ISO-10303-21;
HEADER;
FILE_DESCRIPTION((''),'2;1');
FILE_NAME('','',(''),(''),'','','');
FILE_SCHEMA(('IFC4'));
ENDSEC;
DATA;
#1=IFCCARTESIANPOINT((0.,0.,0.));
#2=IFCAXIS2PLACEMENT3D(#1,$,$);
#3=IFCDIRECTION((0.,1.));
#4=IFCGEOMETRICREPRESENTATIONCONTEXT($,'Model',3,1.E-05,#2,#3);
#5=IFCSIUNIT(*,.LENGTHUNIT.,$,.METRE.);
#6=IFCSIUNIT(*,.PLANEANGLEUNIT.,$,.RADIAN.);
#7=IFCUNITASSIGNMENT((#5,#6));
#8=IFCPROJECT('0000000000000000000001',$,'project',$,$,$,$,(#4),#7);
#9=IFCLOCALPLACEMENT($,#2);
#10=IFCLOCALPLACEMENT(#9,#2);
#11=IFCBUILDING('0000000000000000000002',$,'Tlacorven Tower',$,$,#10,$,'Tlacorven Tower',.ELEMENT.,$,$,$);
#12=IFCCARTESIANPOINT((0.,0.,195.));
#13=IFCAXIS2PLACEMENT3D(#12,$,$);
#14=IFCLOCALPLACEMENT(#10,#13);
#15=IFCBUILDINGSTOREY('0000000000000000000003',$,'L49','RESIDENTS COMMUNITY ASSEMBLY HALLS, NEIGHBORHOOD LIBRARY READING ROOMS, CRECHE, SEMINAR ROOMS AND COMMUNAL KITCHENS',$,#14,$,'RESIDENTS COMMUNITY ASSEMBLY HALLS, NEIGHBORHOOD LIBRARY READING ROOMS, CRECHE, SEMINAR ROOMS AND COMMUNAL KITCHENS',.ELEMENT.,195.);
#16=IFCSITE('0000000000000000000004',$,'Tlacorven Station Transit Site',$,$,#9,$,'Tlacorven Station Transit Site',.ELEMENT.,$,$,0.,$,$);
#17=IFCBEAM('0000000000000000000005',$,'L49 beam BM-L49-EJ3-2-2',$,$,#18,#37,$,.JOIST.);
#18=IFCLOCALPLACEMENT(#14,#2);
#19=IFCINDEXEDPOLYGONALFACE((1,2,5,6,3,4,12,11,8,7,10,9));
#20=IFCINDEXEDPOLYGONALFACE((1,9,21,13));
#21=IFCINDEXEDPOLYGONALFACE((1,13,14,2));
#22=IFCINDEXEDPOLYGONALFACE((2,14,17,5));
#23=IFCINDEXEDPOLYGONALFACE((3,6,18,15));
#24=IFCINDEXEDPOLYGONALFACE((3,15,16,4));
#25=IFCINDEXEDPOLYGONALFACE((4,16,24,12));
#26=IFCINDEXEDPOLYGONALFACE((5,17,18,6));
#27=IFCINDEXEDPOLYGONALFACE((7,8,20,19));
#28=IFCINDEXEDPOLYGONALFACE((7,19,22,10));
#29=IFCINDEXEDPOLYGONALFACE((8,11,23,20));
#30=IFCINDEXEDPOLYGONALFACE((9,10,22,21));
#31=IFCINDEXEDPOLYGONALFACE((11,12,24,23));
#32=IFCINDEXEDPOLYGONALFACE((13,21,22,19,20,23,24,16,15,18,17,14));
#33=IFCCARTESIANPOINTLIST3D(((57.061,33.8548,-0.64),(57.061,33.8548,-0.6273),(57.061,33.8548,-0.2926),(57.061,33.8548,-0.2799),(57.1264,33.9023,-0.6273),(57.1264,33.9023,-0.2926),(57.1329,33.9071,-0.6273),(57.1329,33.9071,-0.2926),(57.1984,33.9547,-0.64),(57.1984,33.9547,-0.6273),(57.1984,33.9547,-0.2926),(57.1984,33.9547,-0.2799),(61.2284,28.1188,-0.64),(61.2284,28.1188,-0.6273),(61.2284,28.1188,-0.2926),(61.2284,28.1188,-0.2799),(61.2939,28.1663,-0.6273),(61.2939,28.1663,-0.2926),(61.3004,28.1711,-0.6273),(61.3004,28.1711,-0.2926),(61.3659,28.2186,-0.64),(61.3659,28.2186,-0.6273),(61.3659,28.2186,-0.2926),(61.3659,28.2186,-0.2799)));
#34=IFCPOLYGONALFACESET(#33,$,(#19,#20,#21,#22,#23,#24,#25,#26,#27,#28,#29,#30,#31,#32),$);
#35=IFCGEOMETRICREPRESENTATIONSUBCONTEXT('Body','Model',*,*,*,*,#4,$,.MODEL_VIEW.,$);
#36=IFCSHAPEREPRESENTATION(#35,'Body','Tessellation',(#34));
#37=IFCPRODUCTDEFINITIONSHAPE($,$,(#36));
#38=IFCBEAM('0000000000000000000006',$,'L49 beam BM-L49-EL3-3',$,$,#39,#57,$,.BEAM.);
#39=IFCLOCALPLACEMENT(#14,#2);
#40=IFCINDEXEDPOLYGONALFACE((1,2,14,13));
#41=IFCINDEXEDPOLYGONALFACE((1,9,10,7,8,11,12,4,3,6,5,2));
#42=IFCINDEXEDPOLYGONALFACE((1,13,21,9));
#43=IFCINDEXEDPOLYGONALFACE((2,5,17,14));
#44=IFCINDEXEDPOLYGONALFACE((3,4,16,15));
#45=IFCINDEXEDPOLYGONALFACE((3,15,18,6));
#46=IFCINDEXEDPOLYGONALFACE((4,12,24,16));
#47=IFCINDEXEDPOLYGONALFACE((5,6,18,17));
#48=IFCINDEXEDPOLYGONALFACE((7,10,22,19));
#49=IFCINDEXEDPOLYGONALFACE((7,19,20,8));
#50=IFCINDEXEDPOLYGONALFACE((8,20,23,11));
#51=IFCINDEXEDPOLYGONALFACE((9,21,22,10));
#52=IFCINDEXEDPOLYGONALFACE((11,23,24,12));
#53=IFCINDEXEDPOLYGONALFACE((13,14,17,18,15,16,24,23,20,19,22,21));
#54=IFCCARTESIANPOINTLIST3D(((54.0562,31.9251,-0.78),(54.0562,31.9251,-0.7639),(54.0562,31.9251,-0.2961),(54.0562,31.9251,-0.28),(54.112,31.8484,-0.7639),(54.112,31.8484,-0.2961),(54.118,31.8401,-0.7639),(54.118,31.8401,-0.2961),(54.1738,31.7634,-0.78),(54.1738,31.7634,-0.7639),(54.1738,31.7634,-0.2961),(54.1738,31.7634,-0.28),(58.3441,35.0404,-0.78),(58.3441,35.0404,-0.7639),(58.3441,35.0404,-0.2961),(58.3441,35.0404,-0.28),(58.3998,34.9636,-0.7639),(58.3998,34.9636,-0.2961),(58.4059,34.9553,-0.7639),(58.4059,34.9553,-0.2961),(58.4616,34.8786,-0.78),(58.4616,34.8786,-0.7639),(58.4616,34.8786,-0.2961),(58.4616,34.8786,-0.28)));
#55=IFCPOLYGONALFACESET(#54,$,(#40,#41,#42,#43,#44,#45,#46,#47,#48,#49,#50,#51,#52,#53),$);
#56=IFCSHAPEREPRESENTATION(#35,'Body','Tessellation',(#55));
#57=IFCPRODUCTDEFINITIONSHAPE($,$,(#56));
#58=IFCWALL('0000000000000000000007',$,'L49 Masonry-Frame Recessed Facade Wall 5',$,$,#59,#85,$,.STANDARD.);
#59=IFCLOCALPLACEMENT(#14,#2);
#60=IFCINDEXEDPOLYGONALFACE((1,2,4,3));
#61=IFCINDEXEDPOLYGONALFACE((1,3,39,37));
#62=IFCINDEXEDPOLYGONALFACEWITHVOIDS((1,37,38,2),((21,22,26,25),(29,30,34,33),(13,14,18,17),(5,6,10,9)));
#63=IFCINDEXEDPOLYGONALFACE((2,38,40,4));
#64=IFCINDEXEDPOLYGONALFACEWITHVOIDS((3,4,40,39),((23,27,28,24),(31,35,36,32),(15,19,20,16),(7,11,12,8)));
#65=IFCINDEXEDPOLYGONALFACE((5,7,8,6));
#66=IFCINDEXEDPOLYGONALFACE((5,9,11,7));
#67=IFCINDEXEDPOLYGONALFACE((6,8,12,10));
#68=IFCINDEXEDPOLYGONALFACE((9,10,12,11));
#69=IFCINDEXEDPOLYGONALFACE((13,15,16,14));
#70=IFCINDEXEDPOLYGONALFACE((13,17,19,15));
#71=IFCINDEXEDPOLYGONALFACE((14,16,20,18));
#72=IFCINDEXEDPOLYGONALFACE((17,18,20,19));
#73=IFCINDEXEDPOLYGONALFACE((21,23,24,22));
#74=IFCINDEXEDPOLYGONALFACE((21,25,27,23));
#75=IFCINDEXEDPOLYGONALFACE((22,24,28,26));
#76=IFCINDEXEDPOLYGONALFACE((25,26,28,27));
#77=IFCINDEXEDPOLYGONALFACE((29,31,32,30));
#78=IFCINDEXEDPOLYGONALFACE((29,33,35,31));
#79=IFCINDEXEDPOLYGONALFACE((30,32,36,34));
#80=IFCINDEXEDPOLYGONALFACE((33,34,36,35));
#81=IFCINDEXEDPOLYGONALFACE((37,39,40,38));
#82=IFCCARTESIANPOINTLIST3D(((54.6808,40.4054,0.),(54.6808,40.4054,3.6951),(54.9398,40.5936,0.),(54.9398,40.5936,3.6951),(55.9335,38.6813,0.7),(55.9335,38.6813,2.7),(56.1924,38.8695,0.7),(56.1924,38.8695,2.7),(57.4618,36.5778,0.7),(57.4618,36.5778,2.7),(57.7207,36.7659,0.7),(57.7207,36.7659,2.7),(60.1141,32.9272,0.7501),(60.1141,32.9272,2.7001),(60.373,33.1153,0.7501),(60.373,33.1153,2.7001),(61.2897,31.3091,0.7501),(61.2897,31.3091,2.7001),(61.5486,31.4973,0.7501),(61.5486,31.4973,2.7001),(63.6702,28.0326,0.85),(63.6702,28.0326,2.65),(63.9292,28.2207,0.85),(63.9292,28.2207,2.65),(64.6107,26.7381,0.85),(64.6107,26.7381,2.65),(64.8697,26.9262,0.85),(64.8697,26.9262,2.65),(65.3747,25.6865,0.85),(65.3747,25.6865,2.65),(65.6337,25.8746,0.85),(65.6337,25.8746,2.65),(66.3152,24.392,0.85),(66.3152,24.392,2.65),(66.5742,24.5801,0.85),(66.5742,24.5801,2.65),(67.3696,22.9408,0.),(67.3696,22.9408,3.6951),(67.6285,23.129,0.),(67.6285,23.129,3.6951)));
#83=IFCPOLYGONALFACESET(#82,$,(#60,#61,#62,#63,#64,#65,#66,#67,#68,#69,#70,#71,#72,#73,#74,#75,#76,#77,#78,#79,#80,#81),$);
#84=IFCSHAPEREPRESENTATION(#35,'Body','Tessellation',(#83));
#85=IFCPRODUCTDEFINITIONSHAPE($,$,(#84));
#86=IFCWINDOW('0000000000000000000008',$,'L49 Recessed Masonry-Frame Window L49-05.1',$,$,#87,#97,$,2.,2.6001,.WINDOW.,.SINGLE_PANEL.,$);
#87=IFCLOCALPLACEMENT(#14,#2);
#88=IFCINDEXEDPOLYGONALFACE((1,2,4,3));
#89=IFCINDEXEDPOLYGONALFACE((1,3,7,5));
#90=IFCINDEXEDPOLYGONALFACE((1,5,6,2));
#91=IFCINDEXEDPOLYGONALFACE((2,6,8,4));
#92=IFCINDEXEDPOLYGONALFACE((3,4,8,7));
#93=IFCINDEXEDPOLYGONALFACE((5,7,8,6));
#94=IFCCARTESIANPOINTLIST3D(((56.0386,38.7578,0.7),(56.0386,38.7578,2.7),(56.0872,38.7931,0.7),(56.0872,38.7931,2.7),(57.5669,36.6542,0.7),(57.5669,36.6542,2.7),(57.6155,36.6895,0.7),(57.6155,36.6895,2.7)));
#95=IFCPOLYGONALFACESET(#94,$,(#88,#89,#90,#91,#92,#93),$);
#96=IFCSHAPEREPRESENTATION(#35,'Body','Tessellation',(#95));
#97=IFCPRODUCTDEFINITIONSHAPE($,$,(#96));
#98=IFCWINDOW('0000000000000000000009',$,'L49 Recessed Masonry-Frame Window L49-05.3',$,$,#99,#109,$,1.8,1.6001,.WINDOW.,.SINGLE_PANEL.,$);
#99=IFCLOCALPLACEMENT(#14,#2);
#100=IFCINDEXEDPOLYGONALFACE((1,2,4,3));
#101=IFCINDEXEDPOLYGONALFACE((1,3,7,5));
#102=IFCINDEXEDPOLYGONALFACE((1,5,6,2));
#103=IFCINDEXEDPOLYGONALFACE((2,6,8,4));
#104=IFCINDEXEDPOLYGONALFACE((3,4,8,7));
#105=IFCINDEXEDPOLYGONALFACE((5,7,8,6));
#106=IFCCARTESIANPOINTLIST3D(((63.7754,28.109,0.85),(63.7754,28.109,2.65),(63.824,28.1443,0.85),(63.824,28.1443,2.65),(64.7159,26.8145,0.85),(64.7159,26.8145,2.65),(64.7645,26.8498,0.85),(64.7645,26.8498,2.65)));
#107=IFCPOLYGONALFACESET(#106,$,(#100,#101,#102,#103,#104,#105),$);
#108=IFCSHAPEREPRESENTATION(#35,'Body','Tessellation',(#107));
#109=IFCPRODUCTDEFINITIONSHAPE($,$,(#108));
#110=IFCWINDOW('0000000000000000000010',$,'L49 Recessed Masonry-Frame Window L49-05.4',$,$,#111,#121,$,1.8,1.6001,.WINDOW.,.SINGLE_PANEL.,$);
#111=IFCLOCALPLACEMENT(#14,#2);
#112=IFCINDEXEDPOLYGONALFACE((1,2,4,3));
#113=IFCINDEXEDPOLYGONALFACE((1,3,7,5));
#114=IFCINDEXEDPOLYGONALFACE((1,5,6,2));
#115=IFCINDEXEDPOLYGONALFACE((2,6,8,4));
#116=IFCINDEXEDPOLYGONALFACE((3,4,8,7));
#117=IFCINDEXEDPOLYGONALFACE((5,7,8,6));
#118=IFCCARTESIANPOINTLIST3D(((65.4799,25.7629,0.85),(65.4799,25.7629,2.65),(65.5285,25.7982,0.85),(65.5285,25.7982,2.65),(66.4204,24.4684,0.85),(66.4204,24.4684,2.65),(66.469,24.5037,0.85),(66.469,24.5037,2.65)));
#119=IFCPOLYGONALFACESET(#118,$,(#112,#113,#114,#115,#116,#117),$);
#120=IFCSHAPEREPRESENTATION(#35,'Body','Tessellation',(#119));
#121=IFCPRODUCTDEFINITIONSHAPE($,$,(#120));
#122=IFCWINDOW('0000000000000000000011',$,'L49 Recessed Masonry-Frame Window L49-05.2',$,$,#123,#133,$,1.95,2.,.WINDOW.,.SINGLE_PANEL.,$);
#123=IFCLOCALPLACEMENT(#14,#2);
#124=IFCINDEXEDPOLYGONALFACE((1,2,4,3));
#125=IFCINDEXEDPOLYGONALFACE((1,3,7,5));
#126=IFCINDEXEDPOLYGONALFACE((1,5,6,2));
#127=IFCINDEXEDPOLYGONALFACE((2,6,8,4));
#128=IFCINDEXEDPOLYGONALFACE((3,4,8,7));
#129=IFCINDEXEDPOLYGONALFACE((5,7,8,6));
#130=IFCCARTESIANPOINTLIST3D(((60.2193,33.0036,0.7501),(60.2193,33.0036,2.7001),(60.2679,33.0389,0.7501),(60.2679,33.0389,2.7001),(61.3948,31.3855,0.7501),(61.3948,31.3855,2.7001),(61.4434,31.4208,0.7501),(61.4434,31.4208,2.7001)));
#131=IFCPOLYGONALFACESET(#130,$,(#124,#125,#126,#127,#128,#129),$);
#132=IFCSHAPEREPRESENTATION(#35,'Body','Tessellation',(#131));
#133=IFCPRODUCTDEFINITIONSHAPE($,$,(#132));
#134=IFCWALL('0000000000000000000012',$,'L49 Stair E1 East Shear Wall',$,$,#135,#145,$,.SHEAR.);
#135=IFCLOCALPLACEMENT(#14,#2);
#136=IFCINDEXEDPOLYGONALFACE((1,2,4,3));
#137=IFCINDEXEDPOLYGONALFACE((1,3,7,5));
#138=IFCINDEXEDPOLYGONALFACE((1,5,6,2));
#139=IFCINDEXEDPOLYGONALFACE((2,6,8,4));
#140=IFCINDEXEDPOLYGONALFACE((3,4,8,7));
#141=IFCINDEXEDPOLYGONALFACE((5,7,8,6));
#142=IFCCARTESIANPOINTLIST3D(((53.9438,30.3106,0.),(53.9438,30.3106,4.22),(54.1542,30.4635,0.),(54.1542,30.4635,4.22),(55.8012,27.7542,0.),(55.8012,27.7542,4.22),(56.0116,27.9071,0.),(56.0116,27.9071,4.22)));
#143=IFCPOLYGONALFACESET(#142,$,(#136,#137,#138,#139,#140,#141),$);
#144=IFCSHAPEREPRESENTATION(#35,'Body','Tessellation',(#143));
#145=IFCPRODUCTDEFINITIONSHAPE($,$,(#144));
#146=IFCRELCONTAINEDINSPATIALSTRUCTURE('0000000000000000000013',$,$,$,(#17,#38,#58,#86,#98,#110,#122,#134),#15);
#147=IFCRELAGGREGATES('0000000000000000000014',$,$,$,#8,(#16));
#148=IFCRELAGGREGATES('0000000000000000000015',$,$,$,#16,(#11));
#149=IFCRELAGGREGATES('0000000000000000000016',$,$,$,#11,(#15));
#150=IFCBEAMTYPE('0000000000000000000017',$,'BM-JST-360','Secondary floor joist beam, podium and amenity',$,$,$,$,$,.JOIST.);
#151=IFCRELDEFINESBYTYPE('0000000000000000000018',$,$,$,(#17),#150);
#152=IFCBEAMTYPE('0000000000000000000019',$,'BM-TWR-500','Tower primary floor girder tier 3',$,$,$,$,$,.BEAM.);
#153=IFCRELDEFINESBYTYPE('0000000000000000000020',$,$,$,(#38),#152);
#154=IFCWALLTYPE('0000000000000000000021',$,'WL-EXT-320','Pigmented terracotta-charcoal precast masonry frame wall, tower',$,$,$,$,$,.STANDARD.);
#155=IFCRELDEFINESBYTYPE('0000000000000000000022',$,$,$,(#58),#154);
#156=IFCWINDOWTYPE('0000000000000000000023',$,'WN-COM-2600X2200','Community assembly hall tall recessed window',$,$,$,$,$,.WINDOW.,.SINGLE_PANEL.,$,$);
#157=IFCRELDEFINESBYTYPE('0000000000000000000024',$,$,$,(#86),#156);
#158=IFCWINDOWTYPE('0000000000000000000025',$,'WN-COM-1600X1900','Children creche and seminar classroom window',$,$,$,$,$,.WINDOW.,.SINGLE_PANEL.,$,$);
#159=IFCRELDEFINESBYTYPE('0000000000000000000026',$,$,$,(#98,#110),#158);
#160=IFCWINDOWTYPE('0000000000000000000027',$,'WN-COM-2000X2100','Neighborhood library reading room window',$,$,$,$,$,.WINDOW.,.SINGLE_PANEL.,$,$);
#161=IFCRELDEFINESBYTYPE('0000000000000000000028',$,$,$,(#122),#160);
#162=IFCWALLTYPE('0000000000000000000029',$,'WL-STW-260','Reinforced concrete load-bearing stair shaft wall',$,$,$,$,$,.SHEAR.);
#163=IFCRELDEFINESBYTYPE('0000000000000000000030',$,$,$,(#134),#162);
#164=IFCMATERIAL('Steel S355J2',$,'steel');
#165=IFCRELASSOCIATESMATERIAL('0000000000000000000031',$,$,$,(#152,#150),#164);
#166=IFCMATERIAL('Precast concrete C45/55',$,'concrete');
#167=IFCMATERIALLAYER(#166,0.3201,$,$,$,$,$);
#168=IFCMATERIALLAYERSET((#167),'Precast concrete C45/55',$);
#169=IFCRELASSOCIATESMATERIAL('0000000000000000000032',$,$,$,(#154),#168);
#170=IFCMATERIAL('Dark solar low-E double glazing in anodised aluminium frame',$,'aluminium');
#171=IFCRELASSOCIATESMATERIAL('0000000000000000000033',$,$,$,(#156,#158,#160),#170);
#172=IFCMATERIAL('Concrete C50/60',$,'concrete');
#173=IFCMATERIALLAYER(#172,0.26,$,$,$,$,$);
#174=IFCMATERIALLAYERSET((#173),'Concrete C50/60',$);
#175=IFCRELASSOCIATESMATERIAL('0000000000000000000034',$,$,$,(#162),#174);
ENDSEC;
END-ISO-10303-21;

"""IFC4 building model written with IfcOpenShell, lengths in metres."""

from ifc_helpers import new_model, si_unit, direction, frame, frame_2d, origin, origin_2d, place, context, subcontext, project, spatial, rectangle, i_section, extrude, source, transform, mapped, material, layer, layer_set, material_profile, profile_set, type_object, element, fill, save


model = new_model("IFC4")

# Units and contexts
model_context = context("Model", 3, precision=1e-05, world=origin(), true_north=direction((0.0, 1.0)))
body_context = subcontext(model_context, "Body", "Model", "MODEL_VIEW")
ifc_project = project(units=[si_unit("LENGTHUNIT", "METRE"), si_unit("PLANEANGLEUNIT", "RADIAN")], contexts=[model_context])

# Site, building, storey
site_placement = place(None, origin())
site = spatial("IfcSite", under=ifc_project, at=site_placement, Name="Tlacorven Station Transit Site", LongName="Tlacorven Station Transit Site", CompositionType="ELEMENT", RefElevation=0.0)
building_placement = place(site_placement, origin())
building = spatial("IfcBuilding", under=site, at=building_placement, Name="Tlacorven Tower", LongName="Tlacorven Tower", CompositionType="ELEMENT")
storey_placement = place(building_placement, frame((0.0, 0.0, 195.0)))
storey = spatial("IfcBuildingStorey", under=building, at=storey_placement, Name="L49", Description="RESIDENTS COMMUNITY ASSEMBLY HALLS, NEIGHBORHOOD LIBRARY READING ROOMS, CRECHE, SEMINAR ROOMS AND COMMUNAL KITCHENS", LongName="RESIDENTS COMMUNITY ASSEMBLY HALLS, NEIGHBORHOOD LIBRARY READING ROOMS, CRECHE, SEMINAR ROOMS AND COMMUNAL KITCHENS", CompositionType="ELEMENT", Elevation=195.0)

# Beams
ifc_material_1 = material(Name="Steel S355J2", Category="steel")
ifc_material_profile_1 = material_profile(ifc_material_1, i_section(OverallWidth=0.2, OverallDepth=0.5, WebThickness=0.0103, FlangeThickness=0.0161, at=origin_2d()), Name="IPE 500")
ifc_profile_set_1 = profile_set([ifc_material_profile_1], Name="Steel S355J2")
beam_type_1 = type_object("IfcBeamType", Name="BM-TWR-500", Description="Tower primary floor girder tier 3", PredefinedType="BEAM", material=ifc_profile_set_1)
ifc_material_profile_2 = material_profile(ifc_material_1, i_section(OverallWidth=0.1699, OverallDepth=0.3601, WebThickness=0.0081, FlangeThickness=0.0127, at=origin_2d()), Name="IPE 360")
ifc_profile_set_2 = profile_set([ifc_material_profile_2], Name="Steel S355J2")
beam_type_2 = type_object("IfcBeamType", Name="BM-JST-360", Description="Secondary floor joist beam, podium and amenity", PredefinedType="JOIST", material=ifc_profile_set_2)
shared_shape_1 = source(origin(), body_context, "Body", "SweptSolid", [
    extrude(i_section(OverallWidth=0.1699, OverallDepth=0.3601, WebThickness=0.0081, FlangeThickness=0.0127, at=origin_2d()), origin(), (0.0, 0.0, 1.0), 7.0901),
])
beam_1_placement = place(storey_placement, frame((61.2971, 28.1687, -0.46), z_axis=(-0.587783, 0.809019, 0.0), x_axis=(-0.809019, -0.587783, 0.0)))
element("IfcBeam", 1, at=beam_1_placement, inside=storey, type_object=beam_type_2, Name="L49 beam BM-L49-EJ3-2-2", PredefinedType="JOIST", context=body_context, shape_type="MappedRepresentation", body=[
    mapped(shared_shape_1, transform((0.0, 0.0, 0.0), scale=1.0)),
])
shared_shape_2 = source(origin(), body_context, "Body", "SweptSolid", [
    extrude(i_section(OverallWidth=0.2, OverallDepth=0.5, WebThickness=0.0103, FlangeThickness=0.0161, at=origin_2d()), origin(), (0.0, 0.0, 1.0), 5.3),
])
beam_2_placement = place(storey_placement, frame((54.115, 31.8442, -0.53), z_axis=(0.809023, 0.587777, 0.0), x_axis=(-0.587777, 0.809023, 0.0)))
element("IfcBeam", 2, at=beam_2_placement, inside=storey, type_object=beam_type_1, Name="L49 beam BM-L49-EL3-3", PredefinedType="BEAM", context=body_context, shape_type="MappedRepresentation", body=[
    mapped(shared_shape_2, transform((0.0, 0.0, 0.0), scale=1.0)),
])

# Wall, openings, windows
ifc_material_2 = material(Name="Precast concrete C45/55", Category="concrete")
ifc_layer_1 = layer(ifc_material_2, 0.3201)
ifc_layer_set_1 = layer_set([ifc_layer_1], Name="Precast concrete C45/55")
wall_type_1 = type_object("IfcWallType", Name="WL-EXT-320", Description="Pigmented terracotta-charcoal precast masonry frame wall, tower", PredefinedType="STANDARD", material=ifc_layer_set_1)
wall_1_placement = place(storey_placement, frame((54.8103, 40.4995, 0.0), z_axis=(0.0, 0.0, 1.0), x_axis=(0.587784, -0.809018, 0.0)))
wall_1 = element("IfcWall", 3, at=wall_1_placement, inside=storey, type_object=wall_type_1, Name="L49 Masonry-Frame Recessed Facade Wall 5", PredefinedType="STANDARD", context=body_context, shape_type="SweptSolid", body=[
    extrude(rectangle(XDim=21.5874, YDim=0.3201, at=frame_2d((10.7937, 0.0))), origin(), (0.0, 0.0, 1.0), 3.6951),
])
opening_1_placement = place(wall_1_placement, frame((2.1311, 0.0, 0.7)))
opening_1 = element("IfcOpeningElement", 4, at=opening_1_placement, cuts=wall_1, PredefinedType="OPENING", context=body_context, shape_type="SweptSolid", body=[
    extrude(rectangle(XDim=2.6001, YDim=2.0, at=frame_2d((1.3, 1.0))), frame((0.0, 0.1699, 0.0), z_axis=(0.0, -1.0, 0.0), x_axis=(1.0, 0.0, 0.0)), (0.0, 0.0, 1.0), 0.3401),
])
opening_2_placement = place(wall_1_placement, frame((9.2437, 0.0, 0.75)))
opening_2 = element("IfcOpeningElement", 5, at=opening_2_placement, cuts=wall_1, PredefinedType="OPENING", context=body_context, shape_type="SweptSolid", body=[
    extrude(rectangle(XDim=2.0, YDim=1.95, at=frame_2d((1.0, 0.9751))), frame((0.0, 0.1699, 0.0), z_axis=(0.0, -1.0, 0.0), x_axis=(1.0, 0.0, 0.0)), (0.0, 0.0, 1.0), 0.3401),
])
opening_3_placement = place(wall_1_placement, frame((15.2937, 0.0, 0.8501)))
opening_3 = element("IfcOpeningElement", 6, at=opening_3_placement, cuts=wall_1, PredefinedType="OPENING", context=body_context, shape_type="SweptSolid", body=[
    extrude(rectangle(XDim=1.6001, YDim=1.8, at=frame_2d((0.8, 0.8999))), frame((0.0, 0.1699, 0.0), z_axis=(0.0, -1.0, 0.0), x_axis=(1.0, 0.0, 0.0)), (0.0, 0.0, 1.0), 0.3401),
])
opening_4_placement = place(wall_1_placement, frame((18.1936, 0.0, 0.8501)))
opening_4 = element("IfcOpeningElement", 7, at=opening_4_placement, cuts=wall_1, PredefinedType="OPENING", context=body_context, shape_type="SweptSolid", body=[
    extrude(rectangle(XDim=1.6001, YDim=1.8, at=frame_2d((0.8, 0.8999))), frame((0.0, 0.1699, 0.0), z_axis=(0.0, -1.0, 0.0), x_axis=(1.0, 0.0, 0.0)), (0.0, 0.0, 1.0), 0.3401),
])
ifc_material_3 = material(Name="Dark solar low-E double glazing in anodised aluminium frame", Category="aluminium")
window_type_1 = type_object("IfcWindowType", Name="WN-COM-2600X2200", Description="Community assembly hall tall recessed window", PartitioningType="SINGLE_PANEL", PredefinedType="WINDOW", material=ifc_material_3)
shared_shape_3 = source(origin(), body_context, "Body", "SweptSolid", [
    extrude(rectangle(XDim=2.6001, YDim=2.0, at=frame_2d((1.3, 1.0))), frame((0.0, 0.03, 0.0), z_axis=(0.0, -1.0, 0.0), x_axis=(1.0, 0.0, 0.0)), (0.0, 0.0, 1.0), 0.0601),
])
window_1_placement = place(opening_1_placement, origin())
window_1 = element("IfcWindow", 8, at=window_1_placement, inside=storey, type_object=window_type_1, Name="L49 Recessed Masonry-Frame Window L49-05.1", OverallHeight=2.0, OverallWidth=2.6001, PartitioningType="SINGLE_PANEL", PredefinedType="WINDOW", context=body_context, shape_type="MappedRepresentation", body=[
    mapped(shared_shape_3, transform((0.0, 0.0, 0.0), scale=1.0)),
])
fill(opening_1, window_1)
window_type_2 = type_object("IfcWindowType", Name="WN-COM-1600X1900", Description="Children creche and seminar classroom window", PartitioningType="SINGLE_PANEL", PredefinedType="WINDOW", material=ifc_material_3)
shared_shape_4 = source(origin(), body_context, "Body", "SweptSolid", [
    extrude(rectangle(XDim=1.6001, YDim=1.8, at=frame_2d((0.8, 0.8999))), frame((0.0, 0.03, 0.0), z_axis=(0.0, -1.0, 0.0), x_axis=(1.0, 0.0, 0.0)), (0.0, 0.0, 1.0), 0.0601),
])
window_2_placement = place(opening_3_placement, origin())
window_2 = element("IfcWindow", 9, at=window_2_placement, inside=storey, type_object=window_type_2, Name="L49 Recessed Masonry-Frame Window L49-05.3", OverallHeight=1.8, OverallWidth=1.6001, PartitioningType="SINGLE_PANEL", PredefinedType="WINDOW", context=body_context, shape_type="MappedRepresentation", body=[
    mapped(shared_shape_4, transform((0.0, 0.0, 0.0), scale=1.0)),
])
fill(opening_3, window_2)
window_3_placement = place(opening_4_placement, origin())
window_3 = element("IfcWindow", 10, at=window_3_placement, inside=storey, type_object=window_type_2, Name="L49 Recessed Masonry-Frame Window L49-05.4", OverallHeight=1.8, OverallWidth=1.6001, PartitioningType="SINGLE_PANEL", PredefinedType="WINDOW", context=body_context, shape_type="MappedRepresentation", body=[
    mapped(shared_shape_4, transform((0.0, 0.0, 0.0), scale=1.0)),
])
fill(opening_4, window_3)
window_type_3 = type_object("IfcWindowType", Name="WN-COM-2000X2100", Description="Neighborhood library reading room window", PartitioningType="SINGLE_PANEL", PredefinedType="WINDOW", material=ifc_material_3)
shared_shape_5 = source(origin(), body_context, "Body", "SweptSolid", [
    extrude(rectangle(XDim=2.0, YDim=1.95, at=frame_2d((1.0, 0.9751))), frame((0.0, 0.03, 0.0), z_axis=(0.0, -1.0, 0.0), x_axis=(1.0, 0.0, 0.0)), (0.0, 0.0, 1.0), 0.0601),
])
window_4_placement = place(opening_2_placement, origin())
window_4 = element("IfcWindow", 11, at=window_4_placement, inside=storey, type_object=window_type_3, Name="L49 Recessed Masonry-Frame Window L49-05.2", OverallHeight=1.95, OverallWidth=2.0, PartitioningType="SINGLE_PANEL", PredefinedType="WINDOW", context=body_context, shape_type="MappedRepresentation", body=[
    mapped(shared_shape_5, transform((0.0, 0.0, 0.0), scale=1.0)),
])
fill(opening_2, window_4)

# Wall
ifc_material_4 = material(Name="Concrete C50/60", Category="concrete")
ifc_layer_2 = layer(ifc_material_4, 0.26)
ifc_layer_set_2 = layer_set([ifc_layer_2], Name="Concrete C50/60")
wall_type_2 = type_object("IfcWallType", Name="WL-STW-260", Description="Reinforced concrete load-bearing stair shaft wall", PredefinedType="SHEAR", material=ifc_layer_set_2)
wall_2_placement = place(storey_placement, frame((55.9065, 27.8306, 0.0), z_axis=(0.0, 0.0, 1.0), x_axis=(-0.587804, 0.809003, 0.0)))
element("IfcWall", 12, at=wall_2_placement, inside=storey, type_object=wall_type_2, Name="L49 Stair E1 East Shear Wall", PredefinedType="SHEAR", context=body_context, shape_type="SweptSolid", body=[
    extrude(rectangle(XDim=3.1599, YDim=0.26, at=frame_2d((1.5801, 0.0))), origin(), (0.0, 0.0, 1.0), 4.22),
])

save(model, "model.ifc")
